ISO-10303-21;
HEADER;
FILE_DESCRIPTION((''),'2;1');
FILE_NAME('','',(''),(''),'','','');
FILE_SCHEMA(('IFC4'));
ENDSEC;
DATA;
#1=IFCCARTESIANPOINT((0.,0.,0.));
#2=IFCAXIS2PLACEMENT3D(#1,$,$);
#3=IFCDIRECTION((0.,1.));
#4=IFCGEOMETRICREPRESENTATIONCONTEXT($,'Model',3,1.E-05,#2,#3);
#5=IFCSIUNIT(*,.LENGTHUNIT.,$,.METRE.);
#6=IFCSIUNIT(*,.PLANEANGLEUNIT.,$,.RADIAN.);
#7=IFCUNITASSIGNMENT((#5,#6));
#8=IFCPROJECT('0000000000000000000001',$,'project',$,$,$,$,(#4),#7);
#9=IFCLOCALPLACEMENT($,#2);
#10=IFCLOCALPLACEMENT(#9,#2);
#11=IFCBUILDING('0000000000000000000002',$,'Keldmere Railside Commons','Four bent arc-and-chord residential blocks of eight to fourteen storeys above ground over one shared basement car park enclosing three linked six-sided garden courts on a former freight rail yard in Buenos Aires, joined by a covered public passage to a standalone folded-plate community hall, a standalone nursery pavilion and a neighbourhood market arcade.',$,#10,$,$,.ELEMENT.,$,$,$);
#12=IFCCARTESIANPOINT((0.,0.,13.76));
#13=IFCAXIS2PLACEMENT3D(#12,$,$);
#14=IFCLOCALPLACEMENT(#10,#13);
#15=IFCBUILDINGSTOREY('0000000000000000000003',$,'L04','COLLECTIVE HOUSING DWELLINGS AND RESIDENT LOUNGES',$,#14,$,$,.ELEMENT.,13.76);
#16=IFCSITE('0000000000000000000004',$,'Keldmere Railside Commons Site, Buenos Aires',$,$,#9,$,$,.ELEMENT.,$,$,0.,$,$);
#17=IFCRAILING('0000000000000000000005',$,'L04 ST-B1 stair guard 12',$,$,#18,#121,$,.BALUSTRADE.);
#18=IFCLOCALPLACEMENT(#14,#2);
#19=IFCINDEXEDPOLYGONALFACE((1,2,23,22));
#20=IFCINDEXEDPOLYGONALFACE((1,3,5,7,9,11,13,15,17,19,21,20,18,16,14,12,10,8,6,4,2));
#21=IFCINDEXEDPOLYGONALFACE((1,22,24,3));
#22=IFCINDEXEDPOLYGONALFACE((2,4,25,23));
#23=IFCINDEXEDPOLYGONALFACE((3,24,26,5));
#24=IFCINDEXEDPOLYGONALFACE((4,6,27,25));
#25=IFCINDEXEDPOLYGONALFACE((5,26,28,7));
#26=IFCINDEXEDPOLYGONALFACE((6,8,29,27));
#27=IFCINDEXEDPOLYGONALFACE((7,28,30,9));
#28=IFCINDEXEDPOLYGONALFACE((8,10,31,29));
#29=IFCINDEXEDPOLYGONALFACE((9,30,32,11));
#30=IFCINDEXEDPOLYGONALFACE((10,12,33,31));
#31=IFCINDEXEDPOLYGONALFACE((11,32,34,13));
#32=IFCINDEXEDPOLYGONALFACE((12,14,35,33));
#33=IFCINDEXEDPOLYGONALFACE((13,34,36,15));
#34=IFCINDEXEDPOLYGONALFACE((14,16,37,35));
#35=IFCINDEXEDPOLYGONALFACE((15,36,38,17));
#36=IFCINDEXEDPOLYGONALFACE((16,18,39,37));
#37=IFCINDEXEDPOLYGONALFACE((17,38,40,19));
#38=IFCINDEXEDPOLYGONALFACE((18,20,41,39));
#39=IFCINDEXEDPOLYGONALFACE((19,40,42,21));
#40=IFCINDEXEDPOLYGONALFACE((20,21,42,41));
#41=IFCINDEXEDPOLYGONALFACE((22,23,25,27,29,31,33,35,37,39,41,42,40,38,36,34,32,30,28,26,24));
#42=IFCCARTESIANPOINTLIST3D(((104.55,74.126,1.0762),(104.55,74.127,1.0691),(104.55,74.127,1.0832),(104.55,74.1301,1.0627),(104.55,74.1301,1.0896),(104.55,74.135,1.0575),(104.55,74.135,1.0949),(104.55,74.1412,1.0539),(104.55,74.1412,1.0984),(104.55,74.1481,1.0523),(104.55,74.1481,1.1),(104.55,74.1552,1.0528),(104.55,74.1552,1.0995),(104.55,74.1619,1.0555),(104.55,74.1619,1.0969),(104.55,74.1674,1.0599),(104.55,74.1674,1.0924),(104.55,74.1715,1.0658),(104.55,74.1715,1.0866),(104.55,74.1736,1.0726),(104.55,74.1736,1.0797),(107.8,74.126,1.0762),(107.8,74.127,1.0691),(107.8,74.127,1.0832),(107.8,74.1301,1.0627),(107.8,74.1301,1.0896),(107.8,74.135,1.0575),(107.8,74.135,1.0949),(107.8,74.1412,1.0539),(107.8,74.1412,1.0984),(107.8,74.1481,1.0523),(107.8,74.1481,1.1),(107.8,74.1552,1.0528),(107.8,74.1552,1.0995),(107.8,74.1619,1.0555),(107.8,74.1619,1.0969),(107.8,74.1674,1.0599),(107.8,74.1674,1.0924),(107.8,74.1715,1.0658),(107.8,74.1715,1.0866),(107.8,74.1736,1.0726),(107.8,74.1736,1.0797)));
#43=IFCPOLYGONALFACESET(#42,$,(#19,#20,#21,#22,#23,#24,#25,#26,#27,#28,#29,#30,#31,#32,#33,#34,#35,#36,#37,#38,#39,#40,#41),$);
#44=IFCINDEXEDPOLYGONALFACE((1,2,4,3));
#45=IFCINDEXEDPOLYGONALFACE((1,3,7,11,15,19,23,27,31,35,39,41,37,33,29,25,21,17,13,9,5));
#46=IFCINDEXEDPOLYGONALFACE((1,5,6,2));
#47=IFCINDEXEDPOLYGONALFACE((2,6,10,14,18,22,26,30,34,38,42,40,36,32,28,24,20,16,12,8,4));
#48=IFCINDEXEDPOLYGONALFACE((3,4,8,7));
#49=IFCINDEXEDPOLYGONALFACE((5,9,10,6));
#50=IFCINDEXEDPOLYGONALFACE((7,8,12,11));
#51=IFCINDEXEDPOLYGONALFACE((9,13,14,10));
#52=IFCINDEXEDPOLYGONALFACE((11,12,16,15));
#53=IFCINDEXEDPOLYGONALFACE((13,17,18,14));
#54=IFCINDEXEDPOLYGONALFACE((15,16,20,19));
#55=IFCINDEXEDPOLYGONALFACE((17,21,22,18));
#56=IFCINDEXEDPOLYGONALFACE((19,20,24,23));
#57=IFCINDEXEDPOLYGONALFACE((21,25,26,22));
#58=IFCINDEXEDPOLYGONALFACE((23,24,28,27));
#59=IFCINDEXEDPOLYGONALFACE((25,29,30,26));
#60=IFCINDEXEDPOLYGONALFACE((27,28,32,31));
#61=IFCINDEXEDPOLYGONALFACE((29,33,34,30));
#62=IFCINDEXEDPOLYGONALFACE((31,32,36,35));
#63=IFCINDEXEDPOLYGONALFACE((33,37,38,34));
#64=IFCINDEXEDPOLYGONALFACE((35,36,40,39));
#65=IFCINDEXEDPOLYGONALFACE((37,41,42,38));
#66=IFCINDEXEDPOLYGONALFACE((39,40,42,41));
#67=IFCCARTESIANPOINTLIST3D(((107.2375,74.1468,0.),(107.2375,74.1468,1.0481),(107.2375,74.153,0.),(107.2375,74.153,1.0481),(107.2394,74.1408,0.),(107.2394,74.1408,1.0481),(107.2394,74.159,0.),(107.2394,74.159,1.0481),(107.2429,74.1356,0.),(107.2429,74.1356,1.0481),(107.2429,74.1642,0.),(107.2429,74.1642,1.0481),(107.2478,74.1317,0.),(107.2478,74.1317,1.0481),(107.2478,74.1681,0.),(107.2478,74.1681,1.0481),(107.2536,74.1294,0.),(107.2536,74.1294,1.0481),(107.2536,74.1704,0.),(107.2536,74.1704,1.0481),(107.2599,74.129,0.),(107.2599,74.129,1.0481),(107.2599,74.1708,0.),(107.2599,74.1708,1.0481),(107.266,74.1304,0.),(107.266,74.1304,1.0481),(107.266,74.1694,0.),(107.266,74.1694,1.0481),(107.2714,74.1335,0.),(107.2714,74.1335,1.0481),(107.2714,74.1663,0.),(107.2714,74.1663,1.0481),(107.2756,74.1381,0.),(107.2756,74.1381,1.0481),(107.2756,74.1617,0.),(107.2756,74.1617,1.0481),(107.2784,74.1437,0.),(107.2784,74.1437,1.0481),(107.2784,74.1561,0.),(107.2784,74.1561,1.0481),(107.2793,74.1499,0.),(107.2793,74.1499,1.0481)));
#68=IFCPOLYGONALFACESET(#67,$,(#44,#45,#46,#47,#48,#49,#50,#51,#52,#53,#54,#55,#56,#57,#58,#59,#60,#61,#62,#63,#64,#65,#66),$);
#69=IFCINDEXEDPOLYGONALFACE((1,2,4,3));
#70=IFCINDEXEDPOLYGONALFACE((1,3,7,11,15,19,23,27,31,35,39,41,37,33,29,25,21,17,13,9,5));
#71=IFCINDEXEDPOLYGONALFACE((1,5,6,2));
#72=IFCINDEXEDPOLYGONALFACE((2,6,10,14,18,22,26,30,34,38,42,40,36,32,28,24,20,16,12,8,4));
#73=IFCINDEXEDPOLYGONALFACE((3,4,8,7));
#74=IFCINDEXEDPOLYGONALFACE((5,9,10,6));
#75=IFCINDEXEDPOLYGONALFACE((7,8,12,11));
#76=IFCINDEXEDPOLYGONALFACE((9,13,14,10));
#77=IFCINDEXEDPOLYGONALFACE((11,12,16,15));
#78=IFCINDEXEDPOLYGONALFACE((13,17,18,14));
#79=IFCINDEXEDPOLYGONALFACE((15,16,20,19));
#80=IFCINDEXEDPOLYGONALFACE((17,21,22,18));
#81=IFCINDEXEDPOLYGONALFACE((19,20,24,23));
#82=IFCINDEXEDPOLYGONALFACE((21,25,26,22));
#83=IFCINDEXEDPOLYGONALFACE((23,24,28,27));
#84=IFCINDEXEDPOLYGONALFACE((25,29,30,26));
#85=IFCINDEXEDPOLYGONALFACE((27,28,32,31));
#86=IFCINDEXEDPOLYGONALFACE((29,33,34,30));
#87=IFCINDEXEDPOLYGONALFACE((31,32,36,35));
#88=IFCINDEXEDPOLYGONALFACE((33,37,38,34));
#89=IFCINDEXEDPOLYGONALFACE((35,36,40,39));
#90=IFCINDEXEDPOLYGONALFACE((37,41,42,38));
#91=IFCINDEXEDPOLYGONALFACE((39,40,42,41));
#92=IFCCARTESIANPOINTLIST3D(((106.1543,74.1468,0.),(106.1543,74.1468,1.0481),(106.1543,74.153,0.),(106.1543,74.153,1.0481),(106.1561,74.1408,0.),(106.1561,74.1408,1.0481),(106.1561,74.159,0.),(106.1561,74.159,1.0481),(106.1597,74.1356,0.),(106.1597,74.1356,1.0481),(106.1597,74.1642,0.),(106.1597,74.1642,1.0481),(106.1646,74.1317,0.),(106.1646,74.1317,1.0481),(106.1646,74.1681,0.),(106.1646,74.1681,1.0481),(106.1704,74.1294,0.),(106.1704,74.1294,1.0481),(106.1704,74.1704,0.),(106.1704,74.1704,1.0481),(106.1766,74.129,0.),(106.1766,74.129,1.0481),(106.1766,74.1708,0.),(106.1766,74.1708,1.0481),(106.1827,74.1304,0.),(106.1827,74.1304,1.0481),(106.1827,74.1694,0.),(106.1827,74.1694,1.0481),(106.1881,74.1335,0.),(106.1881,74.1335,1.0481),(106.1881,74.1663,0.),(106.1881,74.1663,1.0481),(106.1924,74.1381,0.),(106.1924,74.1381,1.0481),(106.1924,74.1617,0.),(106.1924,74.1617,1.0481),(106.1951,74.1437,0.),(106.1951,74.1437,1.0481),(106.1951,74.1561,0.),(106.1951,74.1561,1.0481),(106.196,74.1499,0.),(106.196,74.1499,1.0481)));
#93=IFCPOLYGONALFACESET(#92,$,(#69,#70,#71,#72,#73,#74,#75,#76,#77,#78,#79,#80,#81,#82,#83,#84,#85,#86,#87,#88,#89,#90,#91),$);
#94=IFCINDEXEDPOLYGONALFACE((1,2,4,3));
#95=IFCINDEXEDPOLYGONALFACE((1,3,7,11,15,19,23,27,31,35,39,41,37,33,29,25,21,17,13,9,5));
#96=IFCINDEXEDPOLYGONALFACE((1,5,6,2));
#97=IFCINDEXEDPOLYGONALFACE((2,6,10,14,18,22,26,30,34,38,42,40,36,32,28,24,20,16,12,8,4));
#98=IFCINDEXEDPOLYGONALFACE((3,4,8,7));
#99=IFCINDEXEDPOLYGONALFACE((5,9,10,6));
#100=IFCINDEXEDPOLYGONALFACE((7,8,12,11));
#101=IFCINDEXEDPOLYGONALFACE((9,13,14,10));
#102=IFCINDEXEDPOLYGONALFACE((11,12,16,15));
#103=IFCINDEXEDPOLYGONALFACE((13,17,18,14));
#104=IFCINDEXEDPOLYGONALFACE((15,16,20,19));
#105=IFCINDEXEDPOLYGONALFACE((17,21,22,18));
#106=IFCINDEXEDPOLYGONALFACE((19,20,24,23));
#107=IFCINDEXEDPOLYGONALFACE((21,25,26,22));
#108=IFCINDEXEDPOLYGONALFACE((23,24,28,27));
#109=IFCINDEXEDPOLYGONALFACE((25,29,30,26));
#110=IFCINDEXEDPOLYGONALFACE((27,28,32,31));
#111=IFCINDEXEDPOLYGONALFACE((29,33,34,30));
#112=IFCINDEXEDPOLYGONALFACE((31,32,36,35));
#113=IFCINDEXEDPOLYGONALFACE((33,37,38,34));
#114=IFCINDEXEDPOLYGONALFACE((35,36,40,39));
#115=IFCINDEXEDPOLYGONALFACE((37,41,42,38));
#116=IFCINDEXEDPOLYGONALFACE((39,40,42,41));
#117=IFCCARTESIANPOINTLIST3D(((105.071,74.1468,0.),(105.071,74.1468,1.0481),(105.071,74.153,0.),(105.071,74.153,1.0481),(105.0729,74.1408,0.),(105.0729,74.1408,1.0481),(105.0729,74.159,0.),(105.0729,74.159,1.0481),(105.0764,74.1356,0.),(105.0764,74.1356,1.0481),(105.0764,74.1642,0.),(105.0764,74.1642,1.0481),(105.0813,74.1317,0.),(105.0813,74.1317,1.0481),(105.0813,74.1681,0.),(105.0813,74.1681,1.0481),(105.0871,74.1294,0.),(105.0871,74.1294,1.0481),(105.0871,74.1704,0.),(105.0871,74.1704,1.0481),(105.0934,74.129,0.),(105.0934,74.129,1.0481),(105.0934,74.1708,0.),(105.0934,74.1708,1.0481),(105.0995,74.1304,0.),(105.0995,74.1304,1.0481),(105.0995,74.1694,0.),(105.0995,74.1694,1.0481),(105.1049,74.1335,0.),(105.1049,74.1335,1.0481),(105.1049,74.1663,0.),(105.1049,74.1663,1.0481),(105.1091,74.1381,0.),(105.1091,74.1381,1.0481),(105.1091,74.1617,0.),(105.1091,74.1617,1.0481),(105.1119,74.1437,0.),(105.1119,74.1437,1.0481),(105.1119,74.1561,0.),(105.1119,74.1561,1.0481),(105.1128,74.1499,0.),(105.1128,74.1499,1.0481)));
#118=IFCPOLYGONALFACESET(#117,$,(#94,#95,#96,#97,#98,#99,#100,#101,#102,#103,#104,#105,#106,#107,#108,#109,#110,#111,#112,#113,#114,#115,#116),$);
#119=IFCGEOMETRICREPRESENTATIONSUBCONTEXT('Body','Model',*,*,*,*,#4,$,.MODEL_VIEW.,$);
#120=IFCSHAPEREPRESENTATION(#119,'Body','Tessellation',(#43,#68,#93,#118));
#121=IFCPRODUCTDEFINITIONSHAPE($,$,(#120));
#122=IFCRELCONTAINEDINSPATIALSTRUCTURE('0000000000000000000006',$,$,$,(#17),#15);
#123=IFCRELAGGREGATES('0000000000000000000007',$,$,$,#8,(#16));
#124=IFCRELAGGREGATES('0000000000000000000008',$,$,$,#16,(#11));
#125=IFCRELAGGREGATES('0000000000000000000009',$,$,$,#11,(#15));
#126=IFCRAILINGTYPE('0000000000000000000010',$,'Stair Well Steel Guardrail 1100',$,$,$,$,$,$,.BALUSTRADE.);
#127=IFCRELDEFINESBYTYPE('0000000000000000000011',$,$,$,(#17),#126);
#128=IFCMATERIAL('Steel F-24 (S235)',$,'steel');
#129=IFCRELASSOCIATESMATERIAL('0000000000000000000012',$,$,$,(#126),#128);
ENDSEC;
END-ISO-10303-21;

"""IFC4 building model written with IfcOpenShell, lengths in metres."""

from ifc_helpers import new_model, si_unit, direction, frame, origin, origin_2d, place, context, subcontext, project, spatial, circle, extrude, material, type_object, element, save


model = new_model("IFC4")

# Units and contexts
model_context = context("Model", 3, precision=1e-05, world=origin(), true_north=direction((0.0, 1.0)))
body_context = subcontext(model_context, "Body", "Model", "MODEL_VIEW")
ifc_project = project(units=[si_unit("LENGTHUNIT", "METRE"), si_unit("PLANEANGLEUNIT", "RADIAN")], contexts=[model_context])

# Site, building, storey
site_placement = place(None, origin())
site = spatial("IfcSite", under=ifc_project, at=site_placement, Name="Keldmere Railside Commons Site, Buenos Aires", CompositionType="ELEMENT", RefElevation=0.0)
building_placement = place(site_placement, origin())
building = spatial("IfcBuilding", under=site, at=building_placement, Name="Keldmere Railside Commons", Description="Four bent arc-and-chord residential blocks of eight to fourteen storeys above ground over one shared basement car park enclosing three linked six-sided garden courts on a former freight rail yard in Buenos Aires, joined by a covered public passage to a standalone folded-plate community hall, a standalone nursery pavilion and a neighbourhood market arcade.", CompositionType="ELEMENT")
storey_placement = place(building_placement, frame((0.0, 0.0, 13.76)))
storey = spatial("IfcBuildingStorey", under=building, at=storey_placement, Name="L04", Description="COLLECTIVE HOUSING DWELLINGS AND RESIDENT LOUNGES", CompositionType="ELEMENT", Elevation=13.76)

# Railing
ifc_material_1 = material(Name="Steel F-24 (S235)", Category="steel")
railing_type_1 = type_object("IfcRailingType", Name="Stair Well Steel Guardrail 1100", PredefinedType="BALUSTRADE", material=ifc_material_1)
railing_1_placement = place(storey_placement, frame((107.8, 74.1499, 0.0)))
element("IfcRailing", 1, at=railing_1_placement, inside=storey, type_object=railing_type_1, Name="L04 ST-B1 stair guard 12", PredefinedType="BALUSTRADE", context=body_context, shape_type="SweptSolid", body=[
    extrude(circle(Radius=0.0239, at=origin_2d()), frame((0.0, 0.0, 1.0762), z_axis=(-1.0, 0.0, 0.0), x_axis=(0.0, -1.0, 0.0)), (0.0, 0.0, 1.0), 3.25),
    extrude(circle(Radius=0.021, at=origin_2d()), frame((-0.5417, 0.0, 0.0)), (0.0, 0.0, 1.0), 1.0481),
    extrude(circle(Radius=0.021, at=origin_2d()), frame((-1.625, 0.0, 0.0)), (0.0, 0.0, 1.0), 1.0481),
    extrude(circle(Radius=0.021, at=origin_2d()), frame((-2.7083, 0.0, 0.0)), (0.0, 0.0, 1.0), 1.0481),
])

save(model, "model.ifc")
